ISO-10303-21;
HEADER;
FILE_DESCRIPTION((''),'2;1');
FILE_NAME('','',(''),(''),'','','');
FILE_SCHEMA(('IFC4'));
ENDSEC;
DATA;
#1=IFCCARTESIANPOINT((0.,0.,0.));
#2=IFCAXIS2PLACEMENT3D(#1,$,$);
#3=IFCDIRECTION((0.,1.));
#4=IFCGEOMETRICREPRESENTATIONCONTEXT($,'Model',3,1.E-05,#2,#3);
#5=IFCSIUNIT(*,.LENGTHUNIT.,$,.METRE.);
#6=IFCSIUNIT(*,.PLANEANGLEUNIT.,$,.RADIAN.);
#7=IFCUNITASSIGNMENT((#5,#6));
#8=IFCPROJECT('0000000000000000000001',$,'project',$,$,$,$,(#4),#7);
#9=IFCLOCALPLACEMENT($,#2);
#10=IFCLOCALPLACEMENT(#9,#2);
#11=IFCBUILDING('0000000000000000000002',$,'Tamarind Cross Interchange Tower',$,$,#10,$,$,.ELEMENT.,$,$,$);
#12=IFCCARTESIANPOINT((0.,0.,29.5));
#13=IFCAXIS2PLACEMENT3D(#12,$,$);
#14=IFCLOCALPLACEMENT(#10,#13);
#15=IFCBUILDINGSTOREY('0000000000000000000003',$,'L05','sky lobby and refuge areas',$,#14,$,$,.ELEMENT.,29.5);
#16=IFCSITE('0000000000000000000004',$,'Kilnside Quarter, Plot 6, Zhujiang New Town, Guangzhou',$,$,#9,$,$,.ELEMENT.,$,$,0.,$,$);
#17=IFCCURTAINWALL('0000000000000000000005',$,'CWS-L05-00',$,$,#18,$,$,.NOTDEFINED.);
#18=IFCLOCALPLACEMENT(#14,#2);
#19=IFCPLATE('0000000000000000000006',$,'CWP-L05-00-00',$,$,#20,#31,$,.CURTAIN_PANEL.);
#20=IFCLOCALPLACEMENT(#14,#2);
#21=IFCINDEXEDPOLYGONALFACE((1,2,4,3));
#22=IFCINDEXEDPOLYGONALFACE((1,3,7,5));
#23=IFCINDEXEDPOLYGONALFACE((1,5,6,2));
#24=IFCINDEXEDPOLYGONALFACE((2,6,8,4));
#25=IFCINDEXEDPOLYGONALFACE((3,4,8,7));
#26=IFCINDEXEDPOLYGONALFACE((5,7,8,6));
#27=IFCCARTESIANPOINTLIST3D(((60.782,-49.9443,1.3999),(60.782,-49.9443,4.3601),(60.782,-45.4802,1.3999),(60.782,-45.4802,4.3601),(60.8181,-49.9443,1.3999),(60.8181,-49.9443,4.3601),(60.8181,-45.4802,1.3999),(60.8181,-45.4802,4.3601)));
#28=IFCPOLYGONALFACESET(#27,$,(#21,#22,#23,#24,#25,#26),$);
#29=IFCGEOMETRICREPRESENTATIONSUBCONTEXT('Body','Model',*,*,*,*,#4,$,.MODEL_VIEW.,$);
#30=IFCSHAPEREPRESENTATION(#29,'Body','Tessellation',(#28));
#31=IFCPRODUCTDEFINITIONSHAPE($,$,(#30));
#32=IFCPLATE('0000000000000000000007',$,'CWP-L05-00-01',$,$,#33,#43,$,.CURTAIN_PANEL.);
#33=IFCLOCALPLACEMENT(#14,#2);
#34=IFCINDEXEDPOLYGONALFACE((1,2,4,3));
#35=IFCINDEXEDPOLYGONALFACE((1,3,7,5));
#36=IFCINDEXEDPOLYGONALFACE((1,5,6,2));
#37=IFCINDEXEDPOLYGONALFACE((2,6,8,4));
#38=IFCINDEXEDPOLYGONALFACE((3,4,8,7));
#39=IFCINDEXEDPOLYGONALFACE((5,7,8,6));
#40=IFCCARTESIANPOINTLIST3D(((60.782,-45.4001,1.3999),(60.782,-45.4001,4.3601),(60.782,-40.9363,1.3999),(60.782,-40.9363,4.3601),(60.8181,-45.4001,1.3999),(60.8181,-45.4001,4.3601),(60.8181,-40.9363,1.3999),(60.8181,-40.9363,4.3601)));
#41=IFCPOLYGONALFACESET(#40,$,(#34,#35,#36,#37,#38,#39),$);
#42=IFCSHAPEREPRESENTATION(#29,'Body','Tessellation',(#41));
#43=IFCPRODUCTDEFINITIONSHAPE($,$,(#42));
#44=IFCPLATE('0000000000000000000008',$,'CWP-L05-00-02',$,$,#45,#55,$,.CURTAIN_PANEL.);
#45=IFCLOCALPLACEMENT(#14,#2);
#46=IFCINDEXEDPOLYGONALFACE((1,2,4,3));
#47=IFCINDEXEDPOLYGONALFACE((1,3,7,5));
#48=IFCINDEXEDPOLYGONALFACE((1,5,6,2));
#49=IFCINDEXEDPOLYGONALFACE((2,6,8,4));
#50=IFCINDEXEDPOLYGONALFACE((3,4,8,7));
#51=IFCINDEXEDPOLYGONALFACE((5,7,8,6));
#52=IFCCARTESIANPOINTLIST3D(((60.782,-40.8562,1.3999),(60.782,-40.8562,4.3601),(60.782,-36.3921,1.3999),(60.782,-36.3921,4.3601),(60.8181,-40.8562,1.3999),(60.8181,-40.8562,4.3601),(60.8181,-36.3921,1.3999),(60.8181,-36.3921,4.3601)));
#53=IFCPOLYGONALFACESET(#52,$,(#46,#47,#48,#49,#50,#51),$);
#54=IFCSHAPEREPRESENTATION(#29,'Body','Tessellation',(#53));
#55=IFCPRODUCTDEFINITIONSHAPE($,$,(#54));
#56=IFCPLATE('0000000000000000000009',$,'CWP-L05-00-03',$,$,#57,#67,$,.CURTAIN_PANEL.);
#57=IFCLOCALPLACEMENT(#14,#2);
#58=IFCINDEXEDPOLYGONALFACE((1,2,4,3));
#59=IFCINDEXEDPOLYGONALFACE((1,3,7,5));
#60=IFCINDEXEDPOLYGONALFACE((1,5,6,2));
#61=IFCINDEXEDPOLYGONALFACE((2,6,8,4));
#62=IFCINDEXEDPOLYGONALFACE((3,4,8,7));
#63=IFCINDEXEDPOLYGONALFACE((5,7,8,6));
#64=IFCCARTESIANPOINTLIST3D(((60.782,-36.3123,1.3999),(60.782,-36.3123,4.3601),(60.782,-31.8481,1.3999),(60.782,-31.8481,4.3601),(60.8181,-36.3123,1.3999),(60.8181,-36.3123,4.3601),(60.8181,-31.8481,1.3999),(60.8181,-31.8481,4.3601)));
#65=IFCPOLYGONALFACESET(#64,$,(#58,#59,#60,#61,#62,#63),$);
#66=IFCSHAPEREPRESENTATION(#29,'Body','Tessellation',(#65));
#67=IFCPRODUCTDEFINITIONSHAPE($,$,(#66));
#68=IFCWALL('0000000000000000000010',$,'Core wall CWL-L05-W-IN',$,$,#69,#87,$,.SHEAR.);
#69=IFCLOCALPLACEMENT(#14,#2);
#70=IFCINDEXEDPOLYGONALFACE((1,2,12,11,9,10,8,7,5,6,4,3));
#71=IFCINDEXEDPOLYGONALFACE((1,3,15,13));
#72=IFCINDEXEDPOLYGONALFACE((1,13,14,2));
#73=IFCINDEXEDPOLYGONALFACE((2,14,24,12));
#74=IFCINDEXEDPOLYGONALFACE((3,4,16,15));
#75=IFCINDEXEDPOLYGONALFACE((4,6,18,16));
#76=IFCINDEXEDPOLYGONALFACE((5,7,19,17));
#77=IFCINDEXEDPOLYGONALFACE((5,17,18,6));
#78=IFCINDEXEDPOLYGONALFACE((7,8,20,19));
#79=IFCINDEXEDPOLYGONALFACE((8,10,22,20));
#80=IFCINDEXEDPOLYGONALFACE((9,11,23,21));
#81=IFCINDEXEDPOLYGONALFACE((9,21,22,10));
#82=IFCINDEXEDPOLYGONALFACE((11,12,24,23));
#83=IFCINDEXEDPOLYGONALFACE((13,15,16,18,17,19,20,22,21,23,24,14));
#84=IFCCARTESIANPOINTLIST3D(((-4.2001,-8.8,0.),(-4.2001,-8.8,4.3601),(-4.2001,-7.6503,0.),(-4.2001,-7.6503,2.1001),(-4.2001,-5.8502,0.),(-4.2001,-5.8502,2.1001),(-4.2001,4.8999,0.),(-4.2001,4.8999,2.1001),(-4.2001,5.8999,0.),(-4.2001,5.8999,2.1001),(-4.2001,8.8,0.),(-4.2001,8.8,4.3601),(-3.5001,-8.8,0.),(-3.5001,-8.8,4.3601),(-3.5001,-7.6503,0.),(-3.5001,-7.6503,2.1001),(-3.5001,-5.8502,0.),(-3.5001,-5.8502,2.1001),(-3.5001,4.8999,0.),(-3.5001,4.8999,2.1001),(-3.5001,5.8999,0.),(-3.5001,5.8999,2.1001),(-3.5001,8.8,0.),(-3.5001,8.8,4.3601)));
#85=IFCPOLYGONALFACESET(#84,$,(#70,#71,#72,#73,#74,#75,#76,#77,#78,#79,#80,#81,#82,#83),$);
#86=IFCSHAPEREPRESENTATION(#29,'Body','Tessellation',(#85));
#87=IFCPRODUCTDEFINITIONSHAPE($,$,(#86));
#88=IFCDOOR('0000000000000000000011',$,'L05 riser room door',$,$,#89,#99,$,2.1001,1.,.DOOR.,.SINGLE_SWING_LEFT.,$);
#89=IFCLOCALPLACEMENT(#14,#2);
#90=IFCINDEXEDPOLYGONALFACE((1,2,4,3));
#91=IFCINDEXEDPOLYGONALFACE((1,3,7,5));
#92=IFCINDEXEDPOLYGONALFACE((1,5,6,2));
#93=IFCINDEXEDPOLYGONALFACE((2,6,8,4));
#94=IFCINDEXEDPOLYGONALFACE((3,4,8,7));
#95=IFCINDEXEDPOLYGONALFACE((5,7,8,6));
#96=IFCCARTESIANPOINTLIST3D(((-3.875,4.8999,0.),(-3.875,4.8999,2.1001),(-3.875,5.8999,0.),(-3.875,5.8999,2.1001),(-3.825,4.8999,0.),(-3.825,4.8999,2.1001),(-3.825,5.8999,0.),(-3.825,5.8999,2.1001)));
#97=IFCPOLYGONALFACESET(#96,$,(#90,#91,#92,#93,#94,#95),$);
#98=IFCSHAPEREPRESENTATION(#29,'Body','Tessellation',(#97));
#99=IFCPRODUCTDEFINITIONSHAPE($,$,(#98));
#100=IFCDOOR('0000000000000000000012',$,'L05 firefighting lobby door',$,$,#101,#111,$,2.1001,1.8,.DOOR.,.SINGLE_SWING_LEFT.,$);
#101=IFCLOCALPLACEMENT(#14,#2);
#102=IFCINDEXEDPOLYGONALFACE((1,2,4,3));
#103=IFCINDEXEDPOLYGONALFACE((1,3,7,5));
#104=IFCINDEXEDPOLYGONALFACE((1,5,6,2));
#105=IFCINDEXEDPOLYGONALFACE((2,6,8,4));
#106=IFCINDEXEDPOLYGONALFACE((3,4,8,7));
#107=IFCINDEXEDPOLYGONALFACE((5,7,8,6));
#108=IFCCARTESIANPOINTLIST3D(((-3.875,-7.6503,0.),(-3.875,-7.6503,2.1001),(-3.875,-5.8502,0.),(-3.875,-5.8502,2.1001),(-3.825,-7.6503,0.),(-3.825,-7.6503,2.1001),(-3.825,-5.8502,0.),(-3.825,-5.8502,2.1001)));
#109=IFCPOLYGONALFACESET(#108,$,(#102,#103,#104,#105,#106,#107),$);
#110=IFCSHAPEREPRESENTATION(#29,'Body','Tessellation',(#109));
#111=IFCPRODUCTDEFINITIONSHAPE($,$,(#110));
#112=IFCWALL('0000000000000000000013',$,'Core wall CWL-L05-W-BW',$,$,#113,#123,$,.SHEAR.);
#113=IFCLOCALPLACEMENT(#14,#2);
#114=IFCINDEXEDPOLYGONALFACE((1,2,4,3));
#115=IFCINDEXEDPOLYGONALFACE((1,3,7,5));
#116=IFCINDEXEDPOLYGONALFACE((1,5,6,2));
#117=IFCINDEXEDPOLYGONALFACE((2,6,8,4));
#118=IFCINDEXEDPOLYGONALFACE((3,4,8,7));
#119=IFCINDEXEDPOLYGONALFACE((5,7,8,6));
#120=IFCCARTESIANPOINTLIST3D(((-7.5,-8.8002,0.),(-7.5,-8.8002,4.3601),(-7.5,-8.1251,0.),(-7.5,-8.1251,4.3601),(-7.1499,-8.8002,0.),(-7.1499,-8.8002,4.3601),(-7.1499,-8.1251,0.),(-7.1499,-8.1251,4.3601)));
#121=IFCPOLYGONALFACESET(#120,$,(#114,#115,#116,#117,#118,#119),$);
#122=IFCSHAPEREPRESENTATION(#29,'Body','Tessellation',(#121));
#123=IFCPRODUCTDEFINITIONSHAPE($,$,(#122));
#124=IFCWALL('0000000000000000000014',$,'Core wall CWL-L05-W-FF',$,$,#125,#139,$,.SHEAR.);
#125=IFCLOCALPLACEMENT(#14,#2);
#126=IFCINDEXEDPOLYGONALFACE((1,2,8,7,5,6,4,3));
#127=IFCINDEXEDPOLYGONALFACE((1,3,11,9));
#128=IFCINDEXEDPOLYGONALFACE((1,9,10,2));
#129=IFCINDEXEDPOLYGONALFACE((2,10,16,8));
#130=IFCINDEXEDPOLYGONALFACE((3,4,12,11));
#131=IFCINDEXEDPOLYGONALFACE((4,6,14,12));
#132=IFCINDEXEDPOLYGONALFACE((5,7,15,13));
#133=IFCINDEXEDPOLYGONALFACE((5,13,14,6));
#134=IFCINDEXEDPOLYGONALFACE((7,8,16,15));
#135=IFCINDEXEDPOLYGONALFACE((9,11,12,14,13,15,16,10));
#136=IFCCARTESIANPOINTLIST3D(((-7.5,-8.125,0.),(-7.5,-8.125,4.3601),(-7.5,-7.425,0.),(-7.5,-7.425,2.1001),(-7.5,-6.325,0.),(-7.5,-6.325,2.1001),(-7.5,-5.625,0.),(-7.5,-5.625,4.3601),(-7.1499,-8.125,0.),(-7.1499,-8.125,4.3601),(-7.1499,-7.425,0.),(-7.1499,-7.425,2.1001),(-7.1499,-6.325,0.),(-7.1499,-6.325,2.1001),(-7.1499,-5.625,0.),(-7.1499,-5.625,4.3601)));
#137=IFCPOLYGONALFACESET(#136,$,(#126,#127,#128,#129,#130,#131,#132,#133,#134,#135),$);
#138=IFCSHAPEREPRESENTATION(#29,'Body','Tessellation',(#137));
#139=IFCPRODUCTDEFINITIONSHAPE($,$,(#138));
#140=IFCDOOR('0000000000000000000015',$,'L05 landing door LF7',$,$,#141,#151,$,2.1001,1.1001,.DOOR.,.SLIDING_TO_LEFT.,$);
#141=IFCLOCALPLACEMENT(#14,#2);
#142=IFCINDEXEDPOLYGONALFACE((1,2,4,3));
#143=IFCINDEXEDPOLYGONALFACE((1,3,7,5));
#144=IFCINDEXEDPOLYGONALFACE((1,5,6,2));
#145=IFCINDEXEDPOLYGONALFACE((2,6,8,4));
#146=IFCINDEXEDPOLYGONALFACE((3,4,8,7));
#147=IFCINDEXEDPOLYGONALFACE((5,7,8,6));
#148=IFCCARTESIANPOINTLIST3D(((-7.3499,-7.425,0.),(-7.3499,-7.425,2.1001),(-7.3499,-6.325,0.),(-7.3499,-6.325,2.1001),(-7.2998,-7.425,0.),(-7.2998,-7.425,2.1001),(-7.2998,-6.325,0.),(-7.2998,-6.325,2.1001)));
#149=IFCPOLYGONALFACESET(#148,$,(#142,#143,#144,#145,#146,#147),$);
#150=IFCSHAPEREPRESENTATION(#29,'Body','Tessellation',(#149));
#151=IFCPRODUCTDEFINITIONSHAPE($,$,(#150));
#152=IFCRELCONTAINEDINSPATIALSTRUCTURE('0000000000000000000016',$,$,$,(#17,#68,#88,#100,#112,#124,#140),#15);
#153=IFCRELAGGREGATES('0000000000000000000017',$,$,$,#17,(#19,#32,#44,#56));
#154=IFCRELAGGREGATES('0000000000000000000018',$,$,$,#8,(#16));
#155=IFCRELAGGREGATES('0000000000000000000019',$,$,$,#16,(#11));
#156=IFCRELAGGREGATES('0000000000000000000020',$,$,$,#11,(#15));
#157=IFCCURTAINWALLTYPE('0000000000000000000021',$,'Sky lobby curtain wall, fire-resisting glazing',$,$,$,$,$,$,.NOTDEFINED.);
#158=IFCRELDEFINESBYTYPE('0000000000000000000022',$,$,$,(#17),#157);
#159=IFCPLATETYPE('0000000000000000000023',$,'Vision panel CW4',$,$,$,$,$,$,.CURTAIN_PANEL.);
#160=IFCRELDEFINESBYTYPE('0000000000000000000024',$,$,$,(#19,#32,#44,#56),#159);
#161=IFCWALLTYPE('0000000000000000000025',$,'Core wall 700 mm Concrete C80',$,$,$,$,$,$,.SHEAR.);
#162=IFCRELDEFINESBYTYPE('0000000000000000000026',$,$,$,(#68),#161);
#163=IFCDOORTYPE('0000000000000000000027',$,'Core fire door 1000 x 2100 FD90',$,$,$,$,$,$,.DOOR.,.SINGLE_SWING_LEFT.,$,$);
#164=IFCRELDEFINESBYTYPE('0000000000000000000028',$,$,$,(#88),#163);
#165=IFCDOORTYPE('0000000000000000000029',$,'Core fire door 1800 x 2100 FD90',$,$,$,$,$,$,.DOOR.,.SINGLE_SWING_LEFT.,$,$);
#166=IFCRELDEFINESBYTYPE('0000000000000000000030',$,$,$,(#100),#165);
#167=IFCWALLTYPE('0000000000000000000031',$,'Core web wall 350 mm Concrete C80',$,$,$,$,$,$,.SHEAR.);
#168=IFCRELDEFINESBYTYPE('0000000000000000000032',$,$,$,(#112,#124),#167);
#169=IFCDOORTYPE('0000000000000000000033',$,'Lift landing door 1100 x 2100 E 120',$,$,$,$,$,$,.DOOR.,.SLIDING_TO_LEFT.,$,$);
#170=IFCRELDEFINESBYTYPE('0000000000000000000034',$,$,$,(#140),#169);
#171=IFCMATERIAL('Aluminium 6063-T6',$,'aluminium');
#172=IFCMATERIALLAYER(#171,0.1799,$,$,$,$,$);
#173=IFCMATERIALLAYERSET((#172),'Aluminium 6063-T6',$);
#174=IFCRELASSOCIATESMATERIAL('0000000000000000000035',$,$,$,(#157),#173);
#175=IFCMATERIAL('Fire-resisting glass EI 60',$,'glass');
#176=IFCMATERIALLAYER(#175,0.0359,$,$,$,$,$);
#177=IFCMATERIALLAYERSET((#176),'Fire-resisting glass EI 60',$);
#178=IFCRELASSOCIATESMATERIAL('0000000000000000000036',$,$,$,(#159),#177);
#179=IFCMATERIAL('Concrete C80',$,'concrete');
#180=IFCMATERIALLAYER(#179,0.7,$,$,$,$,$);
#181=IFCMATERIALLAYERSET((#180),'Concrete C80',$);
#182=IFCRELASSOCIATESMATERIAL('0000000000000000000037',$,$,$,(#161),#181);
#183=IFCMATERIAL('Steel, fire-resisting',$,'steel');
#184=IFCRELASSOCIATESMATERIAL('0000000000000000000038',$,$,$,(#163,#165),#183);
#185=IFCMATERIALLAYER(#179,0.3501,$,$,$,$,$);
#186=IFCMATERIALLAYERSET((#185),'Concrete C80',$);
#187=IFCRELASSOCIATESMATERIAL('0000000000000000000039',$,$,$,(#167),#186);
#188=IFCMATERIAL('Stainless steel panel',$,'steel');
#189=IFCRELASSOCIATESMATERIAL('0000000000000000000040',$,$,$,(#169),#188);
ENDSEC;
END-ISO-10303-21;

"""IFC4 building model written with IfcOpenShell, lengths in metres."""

from ifc_helpers import new_model, si_unit, direction, frame, frame_2d, origin, place, context, subcontext, project, spatial, polyline, rectangle, outline, extrude, material, layer, layer_set, type_object, element, fill, aggregate, save


model = new_model("IFC4")

# Units and contexts
model_context = context("Model", 3, precision=1e-05, world=origin(), true_north=direction((0.0, 1.0)))
body_context = subcontext(model_context, "Body", "Model", "MODEL_VIEW")
ifc_project = project(units=[si_unit("LENGTHUNIT", "METRE"), si_unit("PLANEANGLEUNIT", "RADIAN")], contexts=[model_context])

# Site, building, storey
site_placement = place(None, origin())
site = spatial("IfcSite", under=ifc_project, at=site_placement, Name="Kilnside Quarter, Plot 6, Zhujiang New Town, Guangzhou", CompositionType="ELEMENT", RefElevation=0.0)
building_placement = place(site_placement, origin())
building = spatial("IfcBuilding", under=site, at=building_placement, Name="Tamarind Cross Interchange Tower", CompositionType="ELEMENT")
storey_placement = place(building_placement, frame((0.0, 0.0, 29.5)))
storey = spatial("IfcBuildingStorey", under=building, at=storey_placement, Name="L05", Description="sky lobby and refuge areas", CompositionType="ELEMENT", Elevation=29.5)

# Curtain wall, plates
ifc_material_1 = material(Name="Aluminium 6063-T6", Category="aluminium")
ifc_layer_1 = layer(ifc_material_1, 0.1799)
ifc_layer_set_1 = layer_set([ifc_layer_1], Name="Aluminium 6063-T6")
curtain_wall_type = type_object("IfcCurtainWallType", Name="Sky lobby curtain wall, fire-resisting glazing", PredefinedType="NOTDEFINED", material=ifc_layer_set_1)
curtain_wall_placement = place(storey_placement, origin())
curtain_wall = element("IfcCurtainWall", 1, at=curtain_wall_placement, inside=storey, type_object=curtain_wall_type, Name="CWS-L05-00", PredefinedType="NOTDEFINED")
ifc_material_2 = material(Name="Fire-resisting glass EI 60", Category="glass")
ifc_layer_2 = layer(ifc_material_2, 0.0359)
ifc_layer_set_2 = layer_set([ifc_layer_2], Name="Fire-resisting glass EI 60")
plate_type = type_object("IfcPlateType", Name="Vision panel CW4", PredefinedType="CURTAIN_PANEL", material=ifc_layer_set_2)
plate_1_placement = place(storey_placement, frame((0.0, 0.0, 1.3999)))
plate_1 = element("IfcPlate", 2, at=plate_1_placement, type_object=plate_type, Name="CWP-L05-00-00", PredefinedType="CURTAIN_PANEL", context=body_context, shape_type="SweptSolid", body=[
    extrude(outline(polyline([(60.782, -49.9443), (60.782, -45.4802), (60.8181, -45.4802), (60.8181, -49.9443), (60.782, -49.9443)])), origin(), (0.0, 0.0, 1.0), 2.9602),
])
plate_2_placement = place(storey_placement, frame((0.0, 0.0, 1.3999)))
plate_2 = element("IfcPlate", 3, at=plate_2_placement, type_object=plate_type, Name="CWP-L05-00-01", PredefinedType="CURTAIN_PANEL", context=body_context, shape_type="SweptSolid", body=[
    extrude(outline(polyline([(60.782, -45.4001), (60.782, -40.9363), (60.8181, -40.9363), (60.8181, -45.4001), (60.782, -45.4001)])), origin(), (0.0, 0.0, 1.0), 2.9602),
])
plate_3_placement = place(storey_placement, frame((0.0, 0.0, 1.3999)))
plate_3 = element("IfcPlate", 4, at=plate_3_placement, type_object=plate_type, Name="CWP-L05-00-02", PredefinedType="CURTAIN_PANEL", context=body_context, shape_type="SweptSolid", body=[
    extrude(outline(polyline([(60.782, -40.8562), (60.782, -36.3921), (60.8181, -36.3921), (60.8181, -40.8562), (60.782, -40.8562)])), origin(), (0.0, 0.0, 1.0), 2.9602),
])
plate_4_placement = place(storey_placement, frame((0.0, 0.0, 1.3999)))
plate_4 = element("IfcPlate", 5, at=plate_4_placement, type_object=plate_type, Name="CWP-L05-00-03", PredefinedType="CURTAIN_PANEL", context=body_context, shape_type="SweptSolid", body=[
    extrude(outline(polyline([(60.782, -36.3123), (60.782, -31.8481), (60.8181, -31.8481), (60.8181, -36.3123), (60.782, -36.3123)])), origin(), (0.0, 0.0, 1.0), 2.9602),
])
aggregate(curtain_wall, [plate_1, plate_2, plate_3, plate_4])

# Wall, openings, doors
ifc_material_3 = material(Name="Concrete C80", Category="concrete")
ifc_layer_3 = layer(ifc_material_3, 0.7)
ifc_layer_set_3 = layer_set([ifc_layer_3], Name="Concrete C80")
wall_type_1 = type_object("IfcWallType", Name="Core wall 700 mm Concrete C80", PredefinedType="SHEAR", material=ifc_layer_set_3)
wall_1_placement = place(storey_placement, frame((-3.8501, -8.8, 0.0), z_axis=(0.0, 0.0, 1.0), x_axis=(0.0, 1.0, 0.0)))
wall_1 = element("IfcWall", 6, at=wall_1_placement, inside=storey, type_object=wall_type_1, Name="Core wall CWL-L05-W-IN", PredefinedType="SHEAR", context=body_context, shape_type="SweptSolid", body=[
    extrude(rectangle(XDim=17.6001, YDim=0.7, at=frame_2d((8.8, 0.0))), origin(), (0.0, 0.0, 1.0), 4.3601),
])
opening_1_placement = place(wall_1_placement, frame((1.1499, 0.0, 0.0)))
opening_1 = element("IfcOpeningElement", 7, at=opening_1_placement, cuts=wall_1, PredefinedType="OPENING", context=body_context, shape_type="SweptSolid", body=[
    extrude(rectangle(XDim=1.8, YDim=2.1001, at=frame_2d((0.8999, 1.05))), frame((0.0, 0.3599, 0.0), z_axis=(0.0, -1.0, 0.0), x_axis=(1.0, 0.0, 0.0)), (0.0, 0.0, 1.0), 0.72),
])
opening_2_placement = place(wall_1_placement, frame((13.7, 0.0, 0.0)))
opening_2 = element("IfcOpeningElement", 8, at=opening_2_placement, cuts=wall_1, PredefinedType="OPENING", context=body_context, shape_type="SweptSolid", body=[
    extrude(rectangle(XDim=1.0, YDim=2.1001, at=frame_2d((0.5, 1.05))), frame((0.0, 0.3599, 0.0), z_axis=(0.0, -1.0, 0.0), x_axis=(1.0, 0.0, 0.0)), (0.0, 0.0, 1.0), 0.72),
])
ifc_material_4 = material(Name="Steel, fire-resisting", Category="steel")
door_type_1 = type_object("IfcDoorType", Name="Core fire door 1000 x 2100 FD90", OperationType="SINGLE_SWING_LEFT", PredefinedType="DOOR", material=ifc_material_4)
door_1_placement = place(opening_2_placement, origin())
door_1 = element("IfcDoor", 9, at=door_1_placement, inside=storey, type_object=door_type_1, Name="L05 riser room door", OperationType="SINGLE_SWING_LEFT", OverallHeight=2.1001, OverallWidth=1.0, PredefinedType="DOOR", context=body_context, shape_type="SweptSolid", body=[
    extrude(rectangle(XDim=1.0, YDim=2.1001, at=frame_2d((0.5, 1.05))), frame((0.0, 0.0249, 0.0), z_axis=(0.0, -1.0, 0.0), x_axis=(1.0, 0.0, 0.0)), (0.0, 0.0, 1.0), 0.05),
])
fill(opening_2, door_1)
door_type_2 = type_object("IfcDoorType", Name="Core fire door 1800 x 2100 FD90", OperationType="SINGLE_SWING_LEFT", PredefinedType="DOOR", material=ifc_material_4)
door_2_placement = place(opening_1_placement, origin())
door_2 = element("IfcDoor", 10, at=door_2_placement, inside=storey, type_object=door_type_2, Name="L05 firefighting lobby door", OperationType="SINGLE_SWING_LEFT", OverallHeight=2.1001, OverallWidth=1.8, PredefinedType="DOOR", context=body_context, shape_type="SweptSolid", body=[
    extrude(rectangle(XDim=1.8, YDim=2.1001, at=frame_2d((0.8999, 1.05))), frame((0.0, 0.0249, 0.0), z_axis=(0.0, -1.0, 0.0), x_axis=(1.0, 0.0, 0.0)), (0.0, 0.0, 1.0), 0.05),
])
fill(opening_1, door_2)

# Wall
ifc_layer_4 = layer(ifc_material_3, 0.3501)
ifc_layer_set_4 = layer_set([ifc_layer_4], Name="Concrete C80")
wall_type_2 = type_object("IfcWallType", Name="Core web wall 350 mm Concrete C80", PredefinedType="SHEAR", material=ifc_layer_set_4)
wall_2_placement = place(storey_placement, frame((-7.325, -8.8, 0.0), z_axis=(0.0, 0.0, 1.0), x_axis=(0.0, 1.0, 0.0)))
element("IfcWall", 11, at=wall_2_placement, inside=storey, type_object=wall_type_2, Name="Core wall CWL-L05-W-BW", PredefinedType="SHEAR", context=body_context, shape_type="SweptSolid", body=[
    extrude(rectangle(XDim=0.675, YDim=0.3501, at=frame_2d((0.3374, 0.0))), origin(), (0.0, 0.0, 1.0), 4.3601),
])

# Wall, opening, door
wall_3_placement = place(storey_placement, frame((-7.325, -8.125, 0.0), z_axis=(0.0, 0.0, 1.0), x_axis=(0.0, 1.0, 0.0)))
wall_3 = element("IfcWall", 12, at=wall_3_placement, inside=storey, type_object=wall_type_2, Name="Core wall CWL-L05-W-FF", PredefinedType="SHEAR", context=body_context, shape_type="SweptSolid", body=[
    extrude(rectangle(XDim=2.5, YDim=0.3501, at=frame_2d((1.25, 0.0))), origin(), (0.0, 0.0, 1.0), 4.3601),
])
opening_3_placement = place(wall_3_placement, frame((0.7, 0.0, 0.0)))
opening_3 = element("IfcOpeningElement", 13, at=opening_3_placement, cuts=wall_3, PredefinedType="OPENING", context=body_context, shape_type="SweptSolid", body=[
    extrude(rectangle(XDim=1.1001, YDim=2.1001, at=frame_2d((0.55, 1.05))), frame((0.0, 0.1851, 0.0), z_axis=(0.0, -1.0, 0.0), x_axis=(1.0, 0.0, 0.0)), (0.0, 0.0, 1.0), 0.3701),
])
ifc_material_5 = material(Name="Stainless steel panel", Category="steel")
door_type_3 = type_object("IfcDoorType", Name="Lift landing door 1100 x 2100 E 120", OperationType="SLIDING_TO_LEFT", PredefinedType="DOOR", material=ifc_material_5)
door_3_placement = place(opening_3_placement, origin())
door_3 = element("IfcDoor", 14, at=door_3_placement, inside=storey, type_object=door_type_3, Name="L05 landing door LF7", OperationType="SLIDING_TO_LEFT", OverallHeight=2.1001, OverallWidth=1.1001, PredefinedType="DOOR", context=body_context, shape_type="SweptSolid", body=[
    extrude(rectangle(XDim=1.1001, YDim=2.1001, at=frame_2d((0.55, 1.05))), frame((0.0, 0.0249, 0.0), z_axis=(0.0, -1.0, 0.0), x_axis=(1.0, 0.0, 0.0)), (0.0, 0.0, 1.0), 0.05),
])
fill(opening_3, door_3)

save(model, "model.ifc")
